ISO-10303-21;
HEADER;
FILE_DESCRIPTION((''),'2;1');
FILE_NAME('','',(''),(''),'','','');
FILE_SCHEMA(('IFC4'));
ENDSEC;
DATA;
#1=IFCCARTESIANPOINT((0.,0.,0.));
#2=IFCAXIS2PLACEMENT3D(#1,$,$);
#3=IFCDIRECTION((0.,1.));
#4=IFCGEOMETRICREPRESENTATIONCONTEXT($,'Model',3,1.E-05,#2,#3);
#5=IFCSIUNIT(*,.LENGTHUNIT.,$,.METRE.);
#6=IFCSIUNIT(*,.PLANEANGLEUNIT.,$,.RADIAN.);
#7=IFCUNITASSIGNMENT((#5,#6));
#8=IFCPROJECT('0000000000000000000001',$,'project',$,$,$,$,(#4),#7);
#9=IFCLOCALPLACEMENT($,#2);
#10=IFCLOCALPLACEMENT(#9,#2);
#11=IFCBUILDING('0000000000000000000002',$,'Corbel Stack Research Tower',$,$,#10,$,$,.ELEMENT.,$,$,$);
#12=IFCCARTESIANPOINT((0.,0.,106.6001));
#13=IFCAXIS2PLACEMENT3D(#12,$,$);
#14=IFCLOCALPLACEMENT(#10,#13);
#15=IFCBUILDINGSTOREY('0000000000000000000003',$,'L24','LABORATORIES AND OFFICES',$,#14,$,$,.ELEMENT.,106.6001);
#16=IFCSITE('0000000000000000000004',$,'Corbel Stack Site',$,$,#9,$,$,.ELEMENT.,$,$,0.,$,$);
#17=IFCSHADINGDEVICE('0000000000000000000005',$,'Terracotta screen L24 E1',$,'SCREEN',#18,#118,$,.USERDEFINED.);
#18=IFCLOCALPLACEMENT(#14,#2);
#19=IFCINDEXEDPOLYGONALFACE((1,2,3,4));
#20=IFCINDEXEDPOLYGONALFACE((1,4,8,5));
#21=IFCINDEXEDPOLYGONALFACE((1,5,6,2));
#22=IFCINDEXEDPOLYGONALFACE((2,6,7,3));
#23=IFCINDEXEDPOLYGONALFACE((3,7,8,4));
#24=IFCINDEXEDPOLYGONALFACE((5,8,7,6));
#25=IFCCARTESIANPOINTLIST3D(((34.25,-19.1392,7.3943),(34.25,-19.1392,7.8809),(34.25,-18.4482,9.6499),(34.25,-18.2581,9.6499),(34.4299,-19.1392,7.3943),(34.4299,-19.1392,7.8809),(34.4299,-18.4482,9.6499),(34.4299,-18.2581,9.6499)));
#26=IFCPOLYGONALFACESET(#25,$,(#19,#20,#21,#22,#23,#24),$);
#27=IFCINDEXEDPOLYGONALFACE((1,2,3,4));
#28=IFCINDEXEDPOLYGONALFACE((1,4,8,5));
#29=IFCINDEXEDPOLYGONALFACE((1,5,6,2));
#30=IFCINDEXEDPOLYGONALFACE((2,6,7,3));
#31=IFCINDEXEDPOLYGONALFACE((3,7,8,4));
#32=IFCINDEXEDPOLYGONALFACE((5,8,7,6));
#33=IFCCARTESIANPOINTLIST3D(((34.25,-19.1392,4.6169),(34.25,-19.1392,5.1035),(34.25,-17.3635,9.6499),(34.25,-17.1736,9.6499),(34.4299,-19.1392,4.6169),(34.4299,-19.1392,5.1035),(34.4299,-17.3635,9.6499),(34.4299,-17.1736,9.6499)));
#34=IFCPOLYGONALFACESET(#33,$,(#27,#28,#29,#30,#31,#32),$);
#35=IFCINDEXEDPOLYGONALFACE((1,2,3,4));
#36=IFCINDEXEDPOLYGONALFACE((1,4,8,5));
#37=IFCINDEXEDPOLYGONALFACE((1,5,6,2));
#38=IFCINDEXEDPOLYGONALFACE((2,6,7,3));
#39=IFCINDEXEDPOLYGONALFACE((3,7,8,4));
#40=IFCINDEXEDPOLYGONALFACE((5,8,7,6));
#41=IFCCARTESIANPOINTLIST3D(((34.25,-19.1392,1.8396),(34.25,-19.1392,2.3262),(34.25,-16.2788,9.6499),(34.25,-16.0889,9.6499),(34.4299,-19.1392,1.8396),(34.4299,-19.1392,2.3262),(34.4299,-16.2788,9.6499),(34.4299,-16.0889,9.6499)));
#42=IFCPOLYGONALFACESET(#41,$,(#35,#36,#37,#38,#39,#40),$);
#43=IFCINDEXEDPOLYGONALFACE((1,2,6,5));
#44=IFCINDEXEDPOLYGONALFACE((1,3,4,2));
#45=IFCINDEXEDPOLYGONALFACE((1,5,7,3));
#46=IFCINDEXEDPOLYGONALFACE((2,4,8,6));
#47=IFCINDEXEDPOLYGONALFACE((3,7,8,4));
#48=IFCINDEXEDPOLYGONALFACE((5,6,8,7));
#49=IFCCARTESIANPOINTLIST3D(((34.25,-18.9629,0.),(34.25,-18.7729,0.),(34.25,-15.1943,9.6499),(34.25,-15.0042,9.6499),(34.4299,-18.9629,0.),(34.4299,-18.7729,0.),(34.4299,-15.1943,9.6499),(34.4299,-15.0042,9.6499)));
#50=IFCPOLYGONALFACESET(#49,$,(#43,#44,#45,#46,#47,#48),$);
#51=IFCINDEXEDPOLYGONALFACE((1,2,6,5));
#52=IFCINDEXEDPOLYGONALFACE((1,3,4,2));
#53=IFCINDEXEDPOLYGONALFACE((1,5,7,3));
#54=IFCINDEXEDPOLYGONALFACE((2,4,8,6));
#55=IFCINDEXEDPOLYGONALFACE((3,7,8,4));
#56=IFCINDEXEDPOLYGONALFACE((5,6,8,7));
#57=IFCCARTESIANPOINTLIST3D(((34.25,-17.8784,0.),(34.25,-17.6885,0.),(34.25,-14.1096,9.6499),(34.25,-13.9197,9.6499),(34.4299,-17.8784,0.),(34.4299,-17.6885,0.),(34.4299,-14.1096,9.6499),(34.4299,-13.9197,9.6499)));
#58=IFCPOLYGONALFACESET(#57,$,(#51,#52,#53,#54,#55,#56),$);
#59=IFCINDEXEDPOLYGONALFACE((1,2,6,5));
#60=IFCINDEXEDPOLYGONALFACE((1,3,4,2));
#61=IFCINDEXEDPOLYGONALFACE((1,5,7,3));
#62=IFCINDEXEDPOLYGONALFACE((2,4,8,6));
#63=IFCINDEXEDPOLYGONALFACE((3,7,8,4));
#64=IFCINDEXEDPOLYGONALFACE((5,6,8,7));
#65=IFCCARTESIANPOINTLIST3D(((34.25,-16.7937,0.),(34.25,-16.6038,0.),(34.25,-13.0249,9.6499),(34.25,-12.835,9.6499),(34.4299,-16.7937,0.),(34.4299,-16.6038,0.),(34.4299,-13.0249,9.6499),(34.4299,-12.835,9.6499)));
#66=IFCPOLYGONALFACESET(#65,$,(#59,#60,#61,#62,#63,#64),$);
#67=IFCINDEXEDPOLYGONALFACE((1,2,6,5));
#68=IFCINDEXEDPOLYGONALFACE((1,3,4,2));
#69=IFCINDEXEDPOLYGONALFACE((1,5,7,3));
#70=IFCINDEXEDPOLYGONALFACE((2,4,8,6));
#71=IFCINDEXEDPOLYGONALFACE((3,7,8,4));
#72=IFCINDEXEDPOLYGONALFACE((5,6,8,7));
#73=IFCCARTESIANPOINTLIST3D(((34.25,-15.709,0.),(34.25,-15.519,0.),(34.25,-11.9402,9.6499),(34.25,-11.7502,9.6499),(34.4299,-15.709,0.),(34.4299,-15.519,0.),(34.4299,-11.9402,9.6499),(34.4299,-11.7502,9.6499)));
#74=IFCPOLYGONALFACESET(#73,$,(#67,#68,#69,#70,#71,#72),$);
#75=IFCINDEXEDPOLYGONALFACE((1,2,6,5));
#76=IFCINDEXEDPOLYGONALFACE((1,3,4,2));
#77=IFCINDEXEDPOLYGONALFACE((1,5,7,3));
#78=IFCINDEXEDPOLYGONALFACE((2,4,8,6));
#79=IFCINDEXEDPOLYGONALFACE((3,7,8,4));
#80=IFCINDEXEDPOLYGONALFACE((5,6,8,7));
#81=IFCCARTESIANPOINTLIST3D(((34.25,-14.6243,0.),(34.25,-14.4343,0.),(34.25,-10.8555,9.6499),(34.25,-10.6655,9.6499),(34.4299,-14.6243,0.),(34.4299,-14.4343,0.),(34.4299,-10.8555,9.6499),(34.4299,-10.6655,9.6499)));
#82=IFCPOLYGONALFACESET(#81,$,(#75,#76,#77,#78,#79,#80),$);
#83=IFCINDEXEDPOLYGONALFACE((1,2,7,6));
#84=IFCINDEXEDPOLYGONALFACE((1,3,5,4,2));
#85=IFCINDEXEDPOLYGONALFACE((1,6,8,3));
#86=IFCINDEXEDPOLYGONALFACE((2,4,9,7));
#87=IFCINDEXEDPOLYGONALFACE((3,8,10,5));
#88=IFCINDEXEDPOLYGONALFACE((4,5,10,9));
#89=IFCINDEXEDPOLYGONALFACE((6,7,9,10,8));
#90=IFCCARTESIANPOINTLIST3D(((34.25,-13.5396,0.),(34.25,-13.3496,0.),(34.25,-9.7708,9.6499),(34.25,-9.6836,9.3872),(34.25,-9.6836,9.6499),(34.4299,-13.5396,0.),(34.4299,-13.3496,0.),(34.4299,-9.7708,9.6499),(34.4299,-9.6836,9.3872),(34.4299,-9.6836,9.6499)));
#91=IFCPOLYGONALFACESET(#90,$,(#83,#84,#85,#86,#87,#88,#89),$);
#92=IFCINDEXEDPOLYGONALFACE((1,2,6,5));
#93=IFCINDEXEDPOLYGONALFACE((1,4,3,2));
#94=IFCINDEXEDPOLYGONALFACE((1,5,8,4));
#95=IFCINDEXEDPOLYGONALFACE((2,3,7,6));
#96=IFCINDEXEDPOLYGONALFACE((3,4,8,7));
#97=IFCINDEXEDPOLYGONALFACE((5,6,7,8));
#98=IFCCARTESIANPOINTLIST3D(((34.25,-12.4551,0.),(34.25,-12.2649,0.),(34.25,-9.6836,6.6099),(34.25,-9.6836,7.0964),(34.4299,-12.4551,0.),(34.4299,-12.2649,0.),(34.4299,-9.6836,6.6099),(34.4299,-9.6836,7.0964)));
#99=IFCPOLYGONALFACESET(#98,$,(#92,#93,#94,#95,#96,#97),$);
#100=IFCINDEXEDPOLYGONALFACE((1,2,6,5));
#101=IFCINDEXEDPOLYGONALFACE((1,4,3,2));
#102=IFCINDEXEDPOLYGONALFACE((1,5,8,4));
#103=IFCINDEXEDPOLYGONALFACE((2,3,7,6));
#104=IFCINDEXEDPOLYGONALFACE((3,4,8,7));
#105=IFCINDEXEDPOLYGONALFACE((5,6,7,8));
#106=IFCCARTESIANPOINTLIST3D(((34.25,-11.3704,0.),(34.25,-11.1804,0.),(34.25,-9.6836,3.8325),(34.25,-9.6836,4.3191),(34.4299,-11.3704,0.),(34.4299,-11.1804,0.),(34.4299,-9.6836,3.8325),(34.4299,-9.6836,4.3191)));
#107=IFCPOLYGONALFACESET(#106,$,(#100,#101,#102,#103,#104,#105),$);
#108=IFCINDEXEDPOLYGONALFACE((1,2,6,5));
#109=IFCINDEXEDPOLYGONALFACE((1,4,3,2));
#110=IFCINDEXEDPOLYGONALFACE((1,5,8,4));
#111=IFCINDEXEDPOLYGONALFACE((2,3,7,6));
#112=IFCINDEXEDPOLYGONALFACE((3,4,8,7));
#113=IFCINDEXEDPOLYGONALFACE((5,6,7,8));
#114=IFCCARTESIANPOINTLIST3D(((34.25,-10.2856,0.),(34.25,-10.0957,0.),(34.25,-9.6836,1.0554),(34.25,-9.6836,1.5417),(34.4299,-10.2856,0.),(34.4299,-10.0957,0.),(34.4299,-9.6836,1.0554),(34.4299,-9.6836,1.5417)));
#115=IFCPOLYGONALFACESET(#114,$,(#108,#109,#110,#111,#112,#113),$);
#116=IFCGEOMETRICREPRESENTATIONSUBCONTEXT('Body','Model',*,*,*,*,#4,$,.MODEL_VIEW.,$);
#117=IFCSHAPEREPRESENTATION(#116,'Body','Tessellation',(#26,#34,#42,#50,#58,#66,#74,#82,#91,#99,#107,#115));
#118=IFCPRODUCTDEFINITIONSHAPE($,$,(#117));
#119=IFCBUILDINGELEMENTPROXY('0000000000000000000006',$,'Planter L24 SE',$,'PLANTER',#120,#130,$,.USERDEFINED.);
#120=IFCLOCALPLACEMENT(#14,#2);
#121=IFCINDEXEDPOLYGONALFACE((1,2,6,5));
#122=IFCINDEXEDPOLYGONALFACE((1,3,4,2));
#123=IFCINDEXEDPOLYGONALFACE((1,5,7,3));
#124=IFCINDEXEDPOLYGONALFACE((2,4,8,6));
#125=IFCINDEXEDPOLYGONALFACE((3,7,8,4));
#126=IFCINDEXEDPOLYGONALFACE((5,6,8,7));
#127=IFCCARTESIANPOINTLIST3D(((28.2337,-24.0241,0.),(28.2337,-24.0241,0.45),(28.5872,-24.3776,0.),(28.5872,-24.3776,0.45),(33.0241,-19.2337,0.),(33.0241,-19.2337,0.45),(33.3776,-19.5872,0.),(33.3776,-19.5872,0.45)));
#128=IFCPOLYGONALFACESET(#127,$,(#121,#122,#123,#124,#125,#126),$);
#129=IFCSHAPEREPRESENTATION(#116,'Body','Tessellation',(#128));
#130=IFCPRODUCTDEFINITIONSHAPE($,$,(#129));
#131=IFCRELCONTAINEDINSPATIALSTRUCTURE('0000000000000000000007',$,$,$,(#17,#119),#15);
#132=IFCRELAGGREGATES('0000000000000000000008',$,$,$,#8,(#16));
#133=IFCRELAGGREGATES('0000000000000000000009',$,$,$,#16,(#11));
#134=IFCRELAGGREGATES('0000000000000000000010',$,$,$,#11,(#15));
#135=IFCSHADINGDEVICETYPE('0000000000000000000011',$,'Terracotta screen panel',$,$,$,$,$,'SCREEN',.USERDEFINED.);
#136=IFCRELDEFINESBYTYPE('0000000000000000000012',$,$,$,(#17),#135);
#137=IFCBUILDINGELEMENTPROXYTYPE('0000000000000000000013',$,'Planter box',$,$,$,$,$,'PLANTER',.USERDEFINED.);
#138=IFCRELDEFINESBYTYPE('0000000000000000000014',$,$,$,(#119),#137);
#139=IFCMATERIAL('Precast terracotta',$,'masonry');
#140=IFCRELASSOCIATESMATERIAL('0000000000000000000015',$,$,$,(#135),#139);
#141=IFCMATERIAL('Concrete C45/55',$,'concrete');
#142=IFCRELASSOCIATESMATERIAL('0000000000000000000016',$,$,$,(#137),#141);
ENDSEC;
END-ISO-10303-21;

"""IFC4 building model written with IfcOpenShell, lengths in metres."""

from ifc_helpers import new_model, si_unit, direction, frame, origin, origin_2d, place, context, subcontext, project, spatial, polyline, rectangle, outline, extrude, source, transform, mapped, material, type_object, element, save


model = new_model("IFC4")

# Units and contexts
model_context = context("Model", 3, precision=1e-05, world=origin(), true_north=direction((0.0, 1.0)))
body_context = subcontext(model_context, "Body", "Model", "MODEL_VIEW")
ifc_project = project(units=[si_unit("LENGTHUNIT", "METRE"), si_unit("PLANEANGLEUNIT", "RADIAN")], contexts=[model_context])

# Site, building, storey
site_placement = place(None, origin())
site = spatial("IfcSite", under=ifc_project, at=site_placement, Name="Corbel Stack Site", CompositionType="ELEMENT", RefElevation=0.0)
building_placement = place(site_placement, origin())
building = spatial("IfcBuilding", under=site, at=building_placement, Name="Corbel Stack Research Tower", CompositionType="ELEMENT")
storey_placement = place(building_placement, frame((0.0, 0.0, 106.6001)))
storey = spatial("IfcBuildingStorey", under=building, at=storey_placement, Name="L24", Description="LABORATORIES AND OFFICES", CompositionType="ELEMENT", Elevation=106.6001)

# Shading device
ifc_material_1 = material(Name="Precast terracotta", Category="masonry")
shading_device_type = type_object("IfcShadingDeviceType", Name="Terracotta screen panel", ElementType="SCREEN", PredefinedType="USERDEFINED", material=ifc_material_1)
shared_shape_1 = source(origin(), body_context, "Body", "SweptSolid", [
    extrude(outline(polyline([(0.8811, 9.6499), (0.6909, 9.6499), (0.0, 7.8809), (0.0, 7.3943), (0.8811, 9.6499)])), frame((0.0, 0.0, 0.0), z_axis=(0.0, -1.0, 0.0), x_axis=(1.0, 0.0, 0.0)), (0.0, 0.0, 1.0), 0.1799),
    extrude(outline(polyline([(1.9656, 9.6499), (1.7756, 9.6499), (0.0, 5.1035), (0.0, 4.6169), (1.9656, 9.6499)])), frame((0.0, 0.0, 0.0), z_axis=(0.0, -1.0, 0.0), x_axis=(1.0, 0.0, 0.0)), (0.0, 0.0, 1.0), 0.1799),
    extrude(outline(polyline([(3.0503, 9.6499), (2.8604, 9.6499), (0.0, 2.3262), (0.0, 1.8396), (3.0503, 9.6499)])), frame((0.0, 0.0, 0.0), z_axis=(0.0, -1.0, 0.0), x_axis=(1.0, 0.0, 0.0)), (0.0, 0.0, 1.0), 0.1799),
    extrude(outline(polyline([(0.3662, 0.0), (4.135, 9.6499), (3.9448, 9.6499), (0.1763, 0.0), (0.3662, 0.0)])), frame((0.0, 0.0, 0.0), z_axis=(0.0, -1.0, 0.0), x_axis=(1.0, 0.0, 0.0)), (0.0, 0.0, 1.0), 0.1799),
    extrude(outline(polyline([(1.4507, 0.0), (5.2195, 9.6499), (5.0295, 9.6499), (1.2607, 0.0), (1.4507, 0.0)])), frame((0.0, 0.0, 0.0), z_axis=(0.0, -1.0, 0.0), x_axis=(1.0, 0.0, 0.0)), (0.0, 0.0, 1.0), 0.1799),
    extrude(outline(polyline([(2.5354, 0.0), (6.3042, 9.6499), (6.1143, 9.6499), (2.3455, 0.0), (2.5354, 0.0)])), frame((0.0, 0.0, 0.0), z_axis=(0.0, -1.0, 0.0), x_axis=(1.0, 0.0, 0.0)), (0.0, 0.0, 1.0), 0.1799),
    extrude(outline(polyline([(3.6201, 0.0), (7.3889, 9.6499), (7.199, 9.6499), (3.4302, 0.0), (3.6201, 0.0)])), frame((0.0, 0.0, 0.0), z_axis=(0.0, -1.0, 0.0), x_axis=(1.0, 0.0, 0.0)), (0.0, 0.0, 1.0), 0.1799),
    extrude(outline(polyline([(4.7048, 0.0), (8.4736, 9.6499), (8.2837, 9.6499), (4.5149, 0.0), (4.7048, 0.0)])), frame((0.0, 0.0, 0.0), z_axis=(0.0, -1.0, 0.0), x_axis=(1.0, 0.0, 0.0)), (0.0, 0.0, 1.0), 0.1799),
    extrude(outline(polyline([(5.7896, 0.0), (9.4556, 9.3872), (9.4556, 9.6499), (9.3684, 9.6499), (5.5996, 0.0), (5.7896, 0.0)])), frame((0.0, 0.0, 0.0), z_axis=(0.0, -1.0, 0.0), x_axis=(1.0, 0.0, 0.0)), (0.0, 0.0, 1.0), 0.1799),
    extrude(outline(polyline([(6.8743, 0.0), (9.4556, 6.6099), (9.4556, 7.0964), (6.6841, 0.0), (6.8743, 0.0)])), frame((0.0, 0.0, 0.0), z_axis=(0.0, -1.0, 0.0), x_axis=(1.0, 0.0, 0.0)), (0.0, 0.0, 1.0), 0.1799),
    extrude(outline(polyline([(7.9587, 0.0), (9.4556, 3.8325), (9.4556, 4.3191), (7.7688, 0.0), (7.9587, 0.0)])), frame((0.0, 0.0, 0.0), z_axis=(0.0, -1.0, 0.0), x_axis=(1.0, 0.0, 0.0)), (0.0, 0.0, 1.0), 0.1799),
    extrude(outline(polyline([(9.0435, 0.0), (9.4556, 1.0554), (9.4556, 1.5417), (8.8535, 0.0), (9.0435, 0.0)])), frame((0.0, 0.0, 0.0), z_axis=(0.0, -1.0, 0.0), x_axis=(1.0, 0.0, 0.0)), (0.0, 0.0, 1.0), 0.1799),
])
shading_device_1_placement = place(storey_placement, frame((34.25, -19.1392, 0.0), z_axis=(0.0, 0.0, 1.0), x_axis=(0.0, 1.0, 0.0)))
element("IfcShadingDevice", 1, at=shading_device_1_placement, inside=storey, type_object=shading_device_type, Name="Terracotta screen L24 E1", ObjectType="SCREEN", PredefinedType="USERDEFINED", context=body_context, shape_type="MappedRepresentation", body=[
    mapped(shared_shape_1, transform((0.0, 0.0, 0.0))),
])

# Building element proxy
ifc_material_2 = material(Name="Concrete C45/55", Category="concrete")
building_element_proxy_type = type_object("IfcBuildingElementProxyType", Name="Planter box", ElementType="PLANTER", PredefinedType="USERDEFINED", material=ifc_material_2)
proxy_placement = place(storey_placement, frame((30.8057, -21.8057, 0.0), z_axis=(0.0, 0.0, 1.0), x_axis=(0.707107, 0.707107, 0.0)))
element("IfcBuildingElementProxy", 2, at=proxy_placement, inside=storey, type_object=building_element_proxy_type, Name="Planter L24 SE", ObjectType="PLANTER", PredefinedType="USERDEFINED", context=body_context, shape_type="SweptSolid", body=[
    extrude(rectangle(XDim=6.7747, YDim=0.5, at=origin_2d()), origin(), (0.0, 0.0, 1.0), 0.45),
])

save(model, "model.ifc")
